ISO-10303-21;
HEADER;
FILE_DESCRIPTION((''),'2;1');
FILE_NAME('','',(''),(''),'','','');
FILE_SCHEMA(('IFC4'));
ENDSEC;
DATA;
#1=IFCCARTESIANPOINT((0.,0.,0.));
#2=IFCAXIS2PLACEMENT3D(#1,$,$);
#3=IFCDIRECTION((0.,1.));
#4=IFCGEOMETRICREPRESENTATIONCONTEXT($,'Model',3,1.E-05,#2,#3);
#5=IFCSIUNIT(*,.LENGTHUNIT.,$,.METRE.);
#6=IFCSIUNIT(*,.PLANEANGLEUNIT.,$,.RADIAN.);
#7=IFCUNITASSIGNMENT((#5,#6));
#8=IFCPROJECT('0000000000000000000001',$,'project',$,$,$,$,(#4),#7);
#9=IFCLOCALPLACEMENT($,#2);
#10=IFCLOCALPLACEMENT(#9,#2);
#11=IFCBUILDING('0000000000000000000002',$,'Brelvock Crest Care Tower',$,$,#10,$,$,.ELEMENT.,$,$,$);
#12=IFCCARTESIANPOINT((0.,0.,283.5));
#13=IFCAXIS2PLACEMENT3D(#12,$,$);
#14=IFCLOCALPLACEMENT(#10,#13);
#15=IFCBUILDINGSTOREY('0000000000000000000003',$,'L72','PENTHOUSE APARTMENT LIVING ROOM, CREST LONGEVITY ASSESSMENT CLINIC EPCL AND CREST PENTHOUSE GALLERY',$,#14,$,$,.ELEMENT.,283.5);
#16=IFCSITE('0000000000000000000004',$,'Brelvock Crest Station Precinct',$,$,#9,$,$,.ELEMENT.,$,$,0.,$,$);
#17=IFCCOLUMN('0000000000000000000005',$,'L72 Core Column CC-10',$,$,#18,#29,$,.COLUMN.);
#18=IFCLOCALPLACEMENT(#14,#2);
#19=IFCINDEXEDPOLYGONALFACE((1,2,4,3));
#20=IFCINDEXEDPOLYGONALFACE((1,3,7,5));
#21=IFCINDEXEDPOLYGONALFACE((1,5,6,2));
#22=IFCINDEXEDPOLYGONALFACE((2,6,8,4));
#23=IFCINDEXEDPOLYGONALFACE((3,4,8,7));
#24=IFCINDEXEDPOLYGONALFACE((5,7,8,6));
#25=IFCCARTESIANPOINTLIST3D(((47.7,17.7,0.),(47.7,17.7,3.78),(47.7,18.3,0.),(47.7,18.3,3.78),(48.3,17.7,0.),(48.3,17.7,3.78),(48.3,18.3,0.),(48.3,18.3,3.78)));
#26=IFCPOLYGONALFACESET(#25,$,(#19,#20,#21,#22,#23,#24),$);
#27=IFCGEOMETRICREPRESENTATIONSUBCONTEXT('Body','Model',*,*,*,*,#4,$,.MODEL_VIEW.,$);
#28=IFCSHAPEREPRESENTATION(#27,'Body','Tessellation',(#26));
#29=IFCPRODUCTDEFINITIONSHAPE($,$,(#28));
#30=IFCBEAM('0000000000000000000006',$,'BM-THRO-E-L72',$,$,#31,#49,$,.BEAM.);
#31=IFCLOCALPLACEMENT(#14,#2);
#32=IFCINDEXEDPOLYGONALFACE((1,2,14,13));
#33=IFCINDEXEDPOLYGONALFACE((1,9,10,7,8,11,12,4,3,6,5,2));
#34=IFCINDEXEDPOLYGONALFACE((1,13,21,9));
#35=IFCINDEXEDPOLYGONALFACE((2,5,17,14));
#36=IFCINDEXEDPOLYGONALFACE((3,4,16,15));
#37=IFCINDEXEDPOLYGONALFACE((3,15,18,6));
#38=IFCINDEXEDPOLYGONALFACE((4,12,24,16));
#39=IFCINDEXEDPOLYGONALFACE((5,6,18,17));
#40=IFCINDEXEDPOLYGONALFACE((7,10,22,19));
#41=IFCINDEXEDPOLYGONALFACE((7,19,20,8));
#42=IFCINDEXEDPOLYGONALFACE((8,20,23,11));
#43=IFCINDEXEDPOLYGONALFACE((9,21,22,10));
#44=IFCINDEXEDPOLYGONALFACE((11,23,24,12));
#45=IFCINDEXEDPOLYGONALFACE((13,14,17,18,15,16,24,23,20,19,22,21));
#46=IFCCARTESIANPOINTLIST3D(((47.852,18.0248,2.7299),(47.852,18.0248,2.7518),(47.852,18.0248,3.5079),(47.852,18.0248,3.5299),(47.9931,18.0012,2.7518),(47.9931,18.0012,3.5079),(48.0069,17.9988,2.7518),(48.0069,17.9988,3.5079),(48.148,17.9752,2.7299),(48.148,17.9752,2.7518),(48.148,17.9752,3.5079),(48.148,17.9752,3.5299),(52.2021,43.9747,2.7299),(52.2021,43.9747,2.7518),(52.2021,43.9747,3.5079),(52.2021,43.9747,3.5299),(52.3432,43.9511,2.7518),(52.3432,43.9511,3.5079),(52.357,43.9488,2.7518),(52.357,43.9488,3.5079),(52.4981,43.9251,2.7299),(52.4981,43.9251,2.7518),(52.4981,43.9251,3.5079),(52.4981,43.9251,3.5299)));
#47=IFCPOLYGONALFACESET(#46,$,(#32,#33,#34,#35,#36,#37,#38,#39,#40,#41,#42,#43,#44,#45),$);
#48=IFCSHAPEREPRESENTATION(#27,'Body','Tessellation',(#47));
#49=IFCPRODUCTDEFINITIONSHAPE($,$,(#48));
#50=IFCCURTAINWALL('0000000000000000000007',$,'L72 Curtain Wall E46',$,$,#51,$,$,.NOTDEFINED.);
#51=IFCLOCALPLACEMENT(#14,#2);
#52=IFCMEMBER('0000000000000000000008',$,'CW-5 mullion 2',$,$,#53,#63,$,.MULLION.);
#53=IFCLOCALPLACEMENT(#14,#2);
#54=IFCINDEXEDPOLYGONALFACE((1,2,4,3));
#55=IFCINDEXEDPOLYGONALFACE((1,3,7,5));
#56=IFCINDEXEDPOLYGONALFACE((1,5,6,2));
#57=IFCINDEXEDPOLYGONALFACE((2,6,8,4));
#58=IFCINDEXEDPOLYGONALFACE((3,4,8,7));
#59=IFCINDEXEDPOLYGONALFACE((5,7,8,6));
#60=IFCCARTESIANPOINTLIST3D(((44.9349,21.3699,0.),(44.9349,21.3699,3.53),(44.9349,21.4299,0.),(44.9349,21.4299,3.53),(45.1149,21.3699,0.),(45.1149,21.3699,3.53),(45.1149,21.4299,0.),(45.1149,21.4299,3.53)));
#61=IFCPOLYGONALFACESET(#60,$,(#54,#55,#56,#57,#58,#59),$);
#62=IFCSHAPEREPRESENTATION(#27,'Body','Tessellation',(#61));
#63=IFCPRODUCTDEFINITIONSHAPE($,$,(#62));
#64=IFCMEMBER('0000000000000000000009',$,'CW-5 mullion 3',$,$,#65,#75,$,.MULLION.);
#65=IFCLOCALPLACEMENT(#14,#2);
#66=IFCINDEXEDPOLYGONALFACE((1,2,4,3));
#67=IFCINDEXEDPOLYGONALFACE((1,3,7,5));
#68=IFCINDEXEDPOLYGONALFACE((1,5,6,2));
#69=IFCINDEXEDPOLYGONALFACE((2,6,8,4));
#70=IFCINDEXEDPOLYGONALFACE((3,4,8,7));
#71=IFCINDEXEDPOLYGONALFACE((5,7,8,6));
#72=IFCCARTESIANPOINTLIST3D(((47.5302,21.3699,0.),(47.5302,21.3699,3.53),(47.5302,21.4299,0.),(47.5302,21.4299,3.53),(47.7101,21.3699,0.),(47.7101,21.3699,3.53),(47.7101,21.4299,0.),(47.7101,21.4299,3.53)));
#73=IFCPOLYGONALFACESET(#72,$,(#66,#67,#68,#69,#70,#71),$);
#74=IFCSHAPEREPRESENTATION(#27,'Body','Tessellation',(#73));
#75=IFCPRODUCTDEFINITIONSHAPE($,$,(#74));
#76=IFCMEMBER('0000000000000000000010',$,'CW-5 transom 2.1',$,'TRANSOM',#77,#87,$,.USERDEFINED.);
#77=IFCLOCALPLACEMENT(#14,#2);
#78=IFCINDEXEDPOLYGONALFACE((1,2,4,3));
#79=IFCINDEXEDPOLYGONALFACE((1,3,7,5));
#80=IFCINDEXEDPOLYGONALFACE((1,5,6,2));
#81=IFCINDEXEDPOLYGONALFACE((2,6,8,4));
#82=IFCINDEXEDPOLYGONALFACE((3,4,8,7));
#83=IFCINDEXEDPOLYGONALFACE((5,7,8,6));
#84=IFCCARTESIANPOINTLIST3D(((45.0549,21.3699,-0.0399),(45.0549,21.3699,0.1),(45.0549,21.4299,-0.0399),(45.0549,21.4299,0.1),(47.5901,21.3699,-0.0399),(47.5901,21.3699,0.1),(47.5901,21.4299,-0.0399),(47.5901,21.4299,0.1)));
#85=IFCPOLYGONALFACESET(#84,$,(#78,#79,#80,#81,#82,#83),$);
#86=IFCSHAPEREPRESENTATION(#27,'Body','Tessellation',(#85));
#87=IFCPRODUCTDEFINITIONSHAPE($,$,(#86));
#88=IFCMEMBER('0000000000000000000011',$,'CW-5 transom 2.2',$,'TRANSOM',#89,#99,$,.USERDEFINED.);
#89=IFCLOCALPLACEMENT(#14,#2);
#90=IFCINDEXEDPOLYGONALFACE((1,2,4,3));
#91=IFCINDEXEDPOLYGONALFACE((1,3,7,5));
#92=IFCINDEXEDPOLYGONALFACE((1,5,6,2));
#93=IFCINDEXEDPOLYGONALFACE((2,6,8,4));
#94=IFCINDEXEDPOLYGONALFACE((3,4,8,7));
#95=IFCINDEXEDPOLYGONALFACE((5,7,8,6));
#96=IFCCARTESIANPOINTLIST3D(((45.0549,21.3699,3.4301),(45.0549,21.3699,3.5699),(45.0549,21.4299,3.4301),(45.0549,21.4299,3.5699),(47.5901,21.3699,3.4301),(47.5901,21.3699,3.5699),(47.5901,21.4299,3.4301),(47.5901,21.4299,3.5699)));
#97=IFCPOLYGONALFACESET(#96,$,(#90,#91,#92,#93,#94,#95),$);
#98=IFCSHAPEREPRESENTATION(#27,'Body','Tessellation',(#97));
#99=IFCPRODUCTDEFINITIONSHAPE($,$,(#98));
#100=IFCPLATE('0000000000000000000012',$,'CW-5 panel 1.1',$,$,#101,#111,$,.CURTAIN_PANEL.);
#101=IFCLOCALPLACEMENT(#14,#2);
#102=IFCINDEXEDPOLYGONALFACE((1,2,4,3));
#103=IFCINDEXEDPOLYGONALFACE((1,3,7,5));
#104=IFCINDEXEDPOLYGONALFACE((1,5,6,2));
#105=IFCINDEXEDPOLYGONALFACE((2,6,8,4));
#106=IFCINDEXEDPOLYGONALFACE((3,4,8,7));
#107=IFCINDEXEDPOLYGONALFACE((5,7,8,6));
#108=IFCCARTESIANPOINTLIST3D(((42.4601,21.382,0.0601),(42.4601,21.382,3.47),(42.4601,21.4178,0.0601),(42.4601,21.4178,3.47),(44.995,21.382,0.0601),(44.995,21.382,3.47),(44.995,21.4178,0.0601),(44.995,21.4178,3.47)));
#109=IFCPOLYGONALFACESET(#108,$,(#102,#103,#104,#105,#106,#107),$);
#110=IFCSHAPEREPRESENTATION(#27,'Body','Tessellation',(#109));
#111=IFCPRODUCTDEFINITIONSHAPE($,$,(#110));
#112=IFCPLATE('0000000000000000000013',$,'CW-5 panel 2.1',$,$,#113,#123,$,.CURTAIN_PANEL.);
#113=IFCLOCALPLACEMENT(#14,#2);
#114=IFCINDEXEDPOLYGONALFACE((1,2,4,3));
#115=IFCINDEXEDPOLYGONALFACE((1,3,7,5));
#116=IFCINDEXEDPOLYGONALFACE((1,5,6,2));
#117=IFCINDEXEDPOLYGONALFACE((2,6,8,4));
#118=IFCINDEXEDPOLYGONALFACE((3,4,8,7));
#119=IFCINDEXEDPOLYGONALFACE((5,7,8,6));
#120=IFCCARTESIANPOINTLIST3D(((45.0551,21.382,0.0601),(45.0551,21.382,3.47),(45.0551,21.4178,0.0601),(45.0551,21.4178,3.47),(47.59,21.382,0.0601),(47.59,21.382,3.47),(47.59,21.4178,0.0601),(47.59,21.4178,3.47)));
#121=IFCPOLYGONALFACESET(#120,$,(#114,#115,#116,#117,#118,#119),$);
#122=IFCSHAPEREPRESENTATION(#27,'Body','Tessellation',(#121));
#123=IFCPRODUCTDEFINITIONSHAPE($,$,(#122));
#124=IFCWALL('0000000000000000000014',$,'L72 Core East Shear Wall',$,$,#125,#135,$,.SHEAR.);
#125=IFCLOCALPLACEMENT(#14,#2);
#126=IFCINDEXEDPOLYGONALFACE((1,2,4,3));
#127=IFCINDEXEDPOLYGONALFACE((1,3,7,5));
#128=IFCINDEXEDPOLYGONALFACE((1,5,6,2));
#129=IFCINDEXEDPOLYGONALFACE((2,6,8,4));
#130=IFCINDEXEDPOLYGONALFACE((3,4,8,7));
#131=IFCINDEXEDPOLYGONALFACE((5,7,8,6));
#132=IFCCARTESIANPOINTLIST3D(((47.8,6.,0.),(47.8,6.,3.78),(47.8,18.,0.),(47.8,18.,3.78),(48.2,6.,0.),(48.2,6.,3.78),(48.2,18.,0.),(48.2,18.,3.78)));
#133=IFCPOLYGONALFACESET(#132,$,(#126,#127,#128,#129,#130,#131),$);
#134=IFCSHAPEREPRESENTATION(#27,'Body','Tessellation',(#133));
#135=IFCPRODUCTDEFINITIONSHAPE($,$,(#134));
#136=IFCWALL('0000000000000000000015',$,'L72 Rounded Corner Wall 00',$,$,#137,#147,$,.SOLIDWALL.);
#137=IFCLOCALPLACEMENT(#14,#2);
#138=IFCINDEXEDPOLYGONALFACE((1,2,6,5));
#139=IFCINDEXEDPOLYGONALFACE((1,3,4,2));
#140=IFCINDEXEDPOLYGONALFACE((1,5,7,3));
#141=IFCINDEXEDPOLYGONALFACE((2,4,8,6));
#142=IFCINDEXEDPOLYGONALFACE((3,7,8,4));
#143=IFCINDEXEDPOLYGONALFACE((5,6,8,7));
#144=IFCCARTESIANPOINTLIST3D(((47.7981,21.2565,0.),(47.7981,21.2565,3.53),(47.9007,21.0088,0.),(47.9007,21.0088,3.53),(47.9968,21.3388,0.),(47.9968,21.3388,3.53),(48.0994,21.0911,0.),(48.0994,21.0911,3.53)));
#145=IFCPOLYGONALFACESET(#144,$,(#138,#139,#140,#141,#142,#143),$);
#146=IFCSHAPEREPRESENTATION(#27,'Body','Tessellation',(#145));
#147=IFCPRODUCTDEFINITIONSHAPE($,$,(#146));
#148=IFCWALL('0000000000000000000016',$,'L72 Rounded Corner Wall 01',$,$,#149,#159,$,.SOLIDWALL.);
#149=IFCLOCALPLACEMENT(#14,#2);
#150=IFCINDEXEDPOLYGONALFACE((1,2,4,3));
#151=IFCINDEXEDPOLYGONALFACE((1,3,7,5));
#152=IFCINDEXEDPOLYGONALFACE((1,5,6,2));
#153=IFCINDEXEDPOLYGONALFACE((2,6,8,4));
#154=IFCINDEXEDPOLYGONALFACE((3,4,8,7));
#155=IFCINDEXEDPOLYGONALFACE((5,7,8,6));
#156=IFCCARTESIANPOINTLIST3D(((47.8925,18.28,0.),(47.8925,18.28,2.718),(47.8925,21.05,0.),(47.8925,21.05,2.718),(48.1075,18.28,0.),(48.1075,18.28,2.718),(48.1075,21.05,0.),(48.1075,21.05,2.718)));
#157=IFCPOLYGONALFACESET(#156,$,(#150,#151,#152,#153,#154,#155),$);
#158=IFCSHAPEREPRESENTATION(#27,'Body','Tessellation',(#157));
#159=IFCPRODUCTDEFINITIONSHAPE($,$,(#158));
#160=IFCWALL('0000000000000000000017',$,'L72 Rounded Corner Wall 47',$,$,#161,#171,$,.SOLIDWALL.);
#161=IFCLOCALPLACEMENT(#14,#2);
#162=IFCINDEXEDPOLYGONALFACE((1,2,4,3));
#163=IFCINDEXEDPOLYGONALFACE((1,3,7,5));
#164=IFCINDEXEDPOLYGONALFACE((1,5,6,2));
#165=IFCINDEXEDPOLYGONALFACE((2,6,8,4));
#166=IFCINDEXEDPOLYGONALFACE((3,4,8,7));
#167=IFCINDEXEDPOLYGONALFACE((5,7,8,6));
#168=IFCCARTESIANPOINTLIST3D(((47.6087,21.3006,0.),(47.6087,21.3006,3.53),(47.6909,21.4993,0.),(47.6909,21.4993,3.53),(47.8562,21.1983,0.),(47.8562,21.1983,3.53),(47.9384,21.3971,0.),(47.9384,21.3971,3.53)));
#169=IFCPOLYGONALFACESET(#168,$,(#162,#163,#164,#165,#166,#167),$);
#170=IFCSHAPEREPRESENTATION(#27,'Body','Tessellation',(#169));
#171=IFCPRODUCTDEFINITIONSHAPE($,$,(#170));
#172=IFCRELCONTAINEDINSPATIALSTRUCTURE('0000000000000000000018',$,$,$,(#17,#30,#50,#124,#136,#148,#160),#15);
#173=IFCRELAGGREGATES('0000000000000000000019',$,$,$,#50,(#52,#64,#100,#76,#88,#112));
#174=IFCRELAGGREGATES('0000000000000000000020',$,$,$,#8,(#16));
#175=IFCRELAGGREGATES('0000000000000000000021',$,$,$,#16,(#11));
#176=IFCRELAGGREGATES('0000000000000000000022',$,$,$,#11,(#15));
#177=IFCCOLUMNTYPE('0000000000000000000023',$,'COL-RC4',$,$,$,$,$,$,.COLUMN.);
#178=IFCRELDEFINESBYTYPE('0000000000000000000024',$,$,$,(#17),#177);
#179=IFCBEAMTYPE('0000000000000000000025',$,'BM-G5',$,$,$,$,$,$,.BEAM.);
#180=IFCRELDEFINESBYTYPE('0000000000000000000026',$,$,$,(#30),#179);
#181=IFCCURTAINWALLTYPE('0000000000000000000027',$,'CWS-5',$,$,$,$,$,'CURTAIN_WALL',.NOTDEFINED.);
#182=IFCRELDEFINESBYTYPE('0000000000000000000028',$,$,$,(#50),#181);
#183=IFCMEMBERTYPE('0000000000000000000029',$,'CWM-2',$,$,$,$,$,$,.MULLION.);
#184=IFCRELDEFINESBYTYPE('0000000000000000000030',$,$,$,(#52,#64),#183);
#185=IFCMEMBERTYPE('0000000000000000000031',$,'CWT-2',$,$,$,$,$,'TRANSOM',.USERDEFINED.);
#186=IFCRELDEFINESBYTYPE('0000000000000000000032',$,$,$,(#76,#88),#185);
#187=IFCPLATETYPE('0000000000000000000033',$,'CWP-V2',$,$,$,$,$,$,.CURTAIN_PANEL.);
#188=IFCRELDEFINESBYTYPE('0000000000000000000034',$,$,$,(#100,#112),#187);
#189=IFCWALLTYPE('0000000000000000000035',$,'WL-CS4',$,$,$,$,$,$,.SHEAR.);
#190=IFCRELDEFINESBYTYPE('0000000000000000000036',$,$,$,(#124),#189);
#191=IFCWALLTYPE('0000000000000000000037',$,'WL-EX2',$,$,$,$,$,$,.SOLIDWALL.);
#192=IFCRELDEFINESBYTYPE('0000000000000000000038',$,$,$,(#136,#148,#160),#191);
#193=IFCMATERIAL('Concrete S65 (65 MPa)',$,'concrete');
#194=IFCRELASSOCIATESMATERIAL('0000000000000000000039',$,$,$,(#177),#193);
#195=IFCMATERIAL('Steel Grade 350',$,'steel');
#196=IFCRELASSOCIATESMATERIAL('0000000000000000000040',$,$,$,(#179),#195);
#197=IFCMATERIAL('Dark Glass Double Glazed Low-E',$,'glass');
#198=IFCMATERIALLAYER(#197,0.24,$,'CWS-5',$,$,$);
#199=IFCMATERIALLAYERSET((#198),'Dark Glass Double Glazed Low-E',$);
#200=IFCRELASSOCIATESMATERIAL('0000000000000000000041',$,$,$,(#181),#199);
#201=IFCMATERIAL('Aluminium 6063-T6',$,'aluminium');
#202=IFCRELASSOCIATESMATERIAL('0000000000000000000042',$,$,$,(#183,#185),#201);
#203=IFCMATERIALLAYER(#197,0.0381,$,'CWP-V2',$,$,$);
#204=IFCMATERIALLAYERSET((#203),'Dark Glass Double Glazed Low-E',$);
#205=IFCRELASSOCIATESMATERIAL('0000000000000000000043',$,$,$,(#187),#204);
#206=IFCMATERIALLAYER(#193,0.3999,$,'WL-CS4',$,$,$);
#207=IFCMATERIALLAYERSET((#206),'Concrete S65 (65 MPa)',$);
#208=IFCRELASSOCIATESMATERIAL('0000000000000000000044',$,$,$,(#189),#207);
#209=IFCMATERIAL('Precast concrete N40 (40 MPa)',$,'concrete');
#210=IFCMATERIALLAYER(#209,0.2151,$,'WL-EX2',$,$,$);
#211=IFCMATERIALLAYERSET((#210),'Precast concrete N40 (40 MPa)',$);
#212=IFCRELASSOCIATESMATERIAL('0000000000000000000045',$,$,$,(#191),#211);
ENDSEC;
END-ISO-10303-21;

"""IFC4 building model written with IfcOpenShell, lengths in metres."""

from ifc_helpers import new_model, si_unit, direction, frame, frame_2d, origin, origin_2d, place, context, subcontext, project, spatial, rectangle, i_section, extrude, source, transform, mapped, material, layer, layer_set, material_profile, profile_set, type_object, element, aggregate, save


model = new_model("IFC4")

# Units and contexts
model_context = context("Model", 3, precision=1e-05, world=origin(), true_north=direction((0.0, 1.0)))
body_context = subcontext(model_context, "Body", "Model", "MODEL_VIEW")
ifc_project = project(units=[si_unit("LENGTHUNIT", "METRE"), si_unit("PLANEANGLEUNIT", "RADIAN")], contexts=[model_context])

# Site, building, storey
site_placement = place(None, origin())
site = spatial("IfcSite", under=ifc_project, at=site_placement, Name="Brelvock Crest Station Precinct", CompositionType="ELEMENT", RefElevation=0.0)
building_placement = place(site_placement, origin())
building = spatial("IfcBuilding", under=site, at=building_placement, Name="Brelvock Crest Care Tower", CompositionType="ELEMENT")
storey_placement = place(building_placement, frame((0.0, 0.0, 283.5)))
storey = spatial("IfcBuildingStorey", under=building, at=storey_placement, Name="L72", Description="PENTHOUSE APARTMENT LIVING ROOM, CREST LONGEVITY ASSESSMENT CLINIC EPCL AND CREST PENTHOUSE GALLERY", CompositionType="ELEMENT", Elevation=283.5)

# Column
ifc_material_1 = material(Name="Concrete S65 (65 MPa)", Category="concrete")
ifc_material_profile_1 = material_profile(ifc_material_1, rectangle(XDim=0.6001, YDim=0.6001, at=origin_2d()), Name="RC600x600")
ifc_profile_set_1 = profile_set([ifc_material_profile_1], Name="Concrete S65 (65 MPa)")
column_type = type_object("IfcColumnType", Name="COL-RC4", PredefinedType="COLUMN", material=ifc_profile_set_1)
shared_shape_1 = source(origin(), body_context, "Body", "SweptSolid", [
    extrude(rectangle(XDim=0.6001, YDim=0.6001, at=origin_2d()), origin(), (0.0, 0.0, 1.0), 3.78),
])
column_placement = place(storey_placement, frame((48.0, 18.0, 0.0), z_axis=(0.0, 0.0, 1.0), x_axis=(1.0, 0.0, 0.0)))
element("IfcColumn", 1, at=column_placement, inside=storey, type_object=column_type, Name="L72 Core Column CC-10", PredefinedType="COLUMN", context=body_context, shape_type="MappedRepresentation", body=[
    mapped(shared_shape_1, transform((0.0, 0.0, 0.0), x_axis=(1.0, 0.0, 0.0), y_axis=(0.0, 1.0, 0.0), z_axis=(0.0, 0.0, 1.0), scale=1.0)),
])

# Beam
ifc_material_2 = material(Name="Steel Grade 350", Category="steel")
ifc_material_profile_2 = material_profile(ifc_material_2, i_section(OverallWidth=0.3, OverallDepth=0.8, WebThickness=0.0139, FlangeThickness=0.022, at=origin_2d()), Name="800WB192")
ifc_profile_set_2 = profile_set([ifc_material_profile_2], Name="Steel Grade 350")
beam_type = type_object("IfcBeamType", Name="BM-G5", PredefinedType="BEAM", material=ifc_profile_set_2)
shared_shape_2 = source(origin(), body_context, "Body", "SweptSolid", [
    extrude(i_section(OverallWidth=0.3, OverallDepth=0.8, WebThickness=0.0139, FlangeThickness=0.022, at=origin_2d()), origin(), (0.0, 0.0, 1.0), 26.312),
])
beam_placement = place(storey_placement, frame((48.0, 18.0, 3.1299), z_axis=(0.165327, 0.986239, 0.0), x_axis=(-0.986239, 0.165327, 0.0)))
element("IfcBeam", 2, at=beam_placement, inside=storey, type_object=beam_type, Name="BM-THRO-E-L72", PredefinedType="BEAM", context=body_context, shape_type="MappedRepresentation", body=[
    mapped(shared_shape_2, transform((0.0, 0.0, 0.0), x_axis=(1.0, 0.0, 0.0), y_axis=(0.0, 1.0, 0.0), z_axis=(0.0, 0.0, 1.0), scale=1.0)),
])

# Curtain wall, members, plates
ifc_material_3 = material(Name="Dark Glass Double Glazed Low-E", Category="glass")
ifc_layer_1 = layer(ifc_material_3, 0.24, Name="CWS-5")
ifc_layer_set_1 = layer_set([ifc_layer_1], Name="Dark Glass Double Glazed Low-E")
curtain_wall_type = type_object("IfcCurtainWallType", Name="CWS-5", ElementType="CURTAIN_WALL", PredefinedType="NOTDEFINED", material=ifc_layer_set_1)
curtain_wall_placement = place(storey_placement, origin())
curtain_wall = element("IfcCurtainWall", 3, at=curtain_wall_placement, inside=storey, type_object=curtain_wall_type, Name="L72 Curtain Wall E46", PredefinedType="NOTDEFINED")
ifc_material_4 = material(Name="Aluminium 6063-T6", Category="aluminium")
ifc_material_profile_3 = material_profile(ifc_material_4, rectangle(XDim=0.0601, YDim=0.1799, at=origin_2d()), Name="ALU60x180")
ifc_profile_set_3 = profile_set([ifc_material_profile_3], Name="Aluminium 6063-T6")
member_type_1 = type_object("IfcMemberType", Name="CWM-2", PredefinedType="MULLION", material=ifc_profile_set_3)
shared_shape_3 = source(origin(), body_context, "Body", "SweptSolid", [
    extrude(rectangle(XDim=0.0601, YDim=0.1799, at=origin_2d()), origin(), (0.0, 0.0, 1.0), 3.53),
])
member_1_placement = place(storey_placement, frame((45.0249, 21.3999, 0.0), z_axis=(0.0, 0.0, 1.0), x_axis=(0.0, 1.0, 0.0)))
member_1 = element("IfcMember", 4, at=member_1_placement, type_object=member_type_1, Name="CW-5 mullion 2", PredefinedType="MULLION", context=body_context, shape_type="MappedRepresentation", body=[
    mapped(shared_shape_3, transform((0.0, 0.0, 0.0), x_axis=(1.0, 0.0, 0.0), y_axis=(0.0, 1.0, 0.0), z_axis=(0.0, 0.0, 1.0), scale=1.0)),
])
member_2_placement = place(storey_placement, frame((47.6201, 21.3999, 0.0), z_axis=(0.0, 0.0, 1.0), x_axis=(0.0, 1.0, 0.0)))
member_2 = element("IfcMember", 5, at=member_2_placement, type_object=member_type_1, Name="CW-5 mullion 3", PredefinedType="MULLION", context=body_context, shape_type="MappedRepresentation", body=[
    mapped(shared_shape_3, transform((0.0, 0.0, 0.0), x_axis=(1.0, 0.0, 0.0), y_axis=(0.0, 1.0, 0.0), z_axis=(0.0, 0.0, 1.0), scale=1.0)),
])
ifc_material_profile_4 = material_profile(ifc_material_4, rectangle(XDim=0.0601, YDim=0.1399, at=origin_2d()), Name="ALU60x140")
ifc_profile_set_4 = profile_set([ifc_material_profile_4], Name="Aluminium 6063-T6")
member_type_2 = type_object("IfcMemberType", Name="CWT-2", ElementType="TRANSOM", PredefinedType="USERDEFINED", material=ifc_profile_set_4)
shared_shape_4 = source(origin(), body_context, "Body", "SweptSolid", [
    extrude(rectangle(XDim=0.0601, YDim=0.1399, at=origin_2d()), origin(), (0.0, 0.0, 1.0), 2.5352),
])
member_3_placement = place(storey_placement, frame((45.0549, 21.3999, 0.03), z_axis=(1.0, 0.0, 0.0), x_axis=(0.0, 1.0, 0.0)))
member_3 = element("IfcMember", 6, at=member_3_placement, type_object=member_type_2, Name="CW-5 transom 2.1", ObjectType="TRANSOM", PredefinedType="USERDEFINED", context=body_context, shape_type="MappedRepresentation", body=[
    mapped(shared_shape_4, transform((0.0, 0.0, 0.0), x_axis=(1.0, 0.0, 0.0), y_axis=(0.0, 1.0, 0.0), z_axis=(0.0, 0.0, 1.0), scale=1.0)),
])
member_4_placement = place(storey_placement, frame((45.0549, 21.3999, 3.5), z_axis=(1.0, 0.0, 0.0), x_axis=(0.0, 1.0, 0.0)))
member_4 = element("IfcMember", 7, at=member_4_placement, type_object=member_type_2, Name="CW-5 transom 2.2", ObjectType="TRANSOM", PredefinedType="USERDEFINED", context=body_context, shape_type="MappedRepresentation", body=[
    mapped(shared_shape_4, transform((0.0, 0.0, 0.0), x_axis=(1.0, 0.0, 0.0), y_axis=(0.0, 1.0, 0.0), z_axis=(0.0, 0.0, 1.0), scale=1.0)),
])
ifc_layer_2 = layer(ifc_material_3, 0.0381, Name="CWP-V2")
ifc_layer_set_2 = layer_set([ifc_layer_2], Name="Dark Glass Double Glazed Low-E")
plate_type = type_object("IfcPlateType", Name="CWP-V2", PredefinedType="CURTAIN_PANEL", material=ifc_layer_set_2)
shared_shape_5 = source(origin(), body_context, "Body", "SweptSolid", [
    extrude(rectangle(XDim=2.5349, YDim=0.0359, at=origin_2d()), origin(), (0.0, 0.0, 1.0), 3.4099),
])
plate_1_placement = place(storey_placement, frame((43.7275, 21.3999, 0.0601), z_axis=(0.0, 0.0, 1.0), x_axis=(1.0, 0.0, 0.0)))
plate_1 = element("IfcPlate", 8, at=plate_1_placement, type_object=plate_type, Name="CW-5 panel 1.1", PredefinedType="CURTAIN_PANEL", context=body_context, shape_type="MappedRepresentation", body=[
    mapped(shared_shape_5, transform((0.0, 0.0, 0.0), x_axis=(1.0, 0.0, 0.0), y_axis=(0.0, 1.0, 0.0), z_axis=(0.0, 0.0, 1.0), scale=1.0)),
])
plate_2_placement = place(storey_placement, frame((46.3225, 21.3999, 0.0601), z_axis=(0.0, 0.0, 1.0), x_axis=(1.0, 0.0, 0.0)))
plate_2 = element("IfcPlate", 9, at=plate_2_placement, type_object=plate_type, Name="CW-5 panel 2.1", PredefinedType="CURTAIN_PANEL", context=body_context, shape_type="MappedRepresentation", body=[
    mapped(shared_shape_5, transform((0.0, 0.0, 0.0), x_axis=(1.0, 0.0, 0.0), y_axis=(0.0, 1.0, 0.0), z_axis=(0.0, 0.0, 1.0), scale=1.0)),
])
aggregate(curtain_wall, [member_1, member_2, plate_1, member_3, member_4, plate_2])

# Walls
ifc_layer_3 = layer(ifc_material_1, 0.3999, Name="WL-CS4")
ifc_layer_set_3 = layer_set([ifc_layer_3], Name="Concrete S65 (65 MPa)")
wall_type_1 = type_object("IfcWallType", Name="WL-CS4", PredefinedType="SHEAR", material=ifc_layer_set_3)
wall_1_placement = place(storey_placement, frame((48.0, 18.0, 0.0), z_axis=(0.0, 0.0, 1.0), x_axis=(0.0, -1.0, 0.0)))
element("IfcWall", 10, at=wall_1_placement, inside=storey, type_object=wall_type_1, Name="L72 Core East Shear Wall", PredefinedType="SHEAR", context=body_context, shape_type="SweptSolid", body=[
    extrude(rectangle(XDim=12.0, YDim=0.3999, at=frame_2d((6.0, 0.0))), origin(), (0.0, 0.0, 1.0), 3.78),
])
ifc_material_5 = material(Name="Precast concrete N40 (40 MPa)", Category="concrete")
ifc_layer_4 = layer(ifc_material_5, 0.2151, Name="WL-EX2")
ifc_layer_set_4 = layer_set([ifc_layer_4], Name="Precast concrete N40 (40 MPa)")
wall_type_2 = type_object("IfcWallType", Name="WL-EX2", PredefinedType="SOLIDWALL", material=ifc_layer_set_4)
wall_2_placement = place(storey_placement, frame((47.8975, 21.2976, 0.0), z_axis=(0.0, 0.0, 1.0), x_axis=(0.382674, -0.923884, 0.0)))
element("IfcWall", 11, at=wall_2_placement, inside=storey, type_object=wall_type_2, Name="L72 Rounded Corner Wall 00", PredefinedType="SOLIDWALL", context=body_context, shape_type="SweptSolid", body=[
    extrude(rectangle(XDim=0.2681, YDim=0.2151, at=frame_2d((0.134, 0.0))), origin(), (0.0, 0.0, 1.0), 3.53),
])
wall_3_placement = place(storey_placement, frame((48.0, 21.05, 0.0), z_axis=(0.0, 0.0, 1.0), x_axis=(0.0, -1.0, 0.0)))
element("IfcWall", 12, at=wall_3_placement, inside=storey, type_object=wall_type_2, Name="L72 Rounded Corner Wall 01", PredefinedType="SOLIDWALL", context=body_context, shape_type="SweptSolid", body=[
    extrude(rectangle(XDim=2.77, YDim=0.2151, at=frame_2d((1.385, 0.0))), origin(), (0.0, 0.0, 1.0), 2.718),
])
wall_4_placement = place(storey_placement, frame((47.6499, 21.3999, 0.0), z_axis=(0.0, 0.0, 1.0), x_axis=(0.924205, -0.381896, 0.0)))
element("IfcWall", 13, at=wall_4_placement, inside=storey, type_object=wall_type_2, Name="L72 Rounded Corner Wall 47", PredefinedType="SOLIDWALL", context=body_context, shape_type="SweptSolid", body=[
    extrude(rectangle(XDim=0.2678, YDim=0.2151, at=frame_2d((0.1338, 0.0))), origin(), (0.0, 0.0, 1.0), 3.53),
])

save(model, "model.ifc")
